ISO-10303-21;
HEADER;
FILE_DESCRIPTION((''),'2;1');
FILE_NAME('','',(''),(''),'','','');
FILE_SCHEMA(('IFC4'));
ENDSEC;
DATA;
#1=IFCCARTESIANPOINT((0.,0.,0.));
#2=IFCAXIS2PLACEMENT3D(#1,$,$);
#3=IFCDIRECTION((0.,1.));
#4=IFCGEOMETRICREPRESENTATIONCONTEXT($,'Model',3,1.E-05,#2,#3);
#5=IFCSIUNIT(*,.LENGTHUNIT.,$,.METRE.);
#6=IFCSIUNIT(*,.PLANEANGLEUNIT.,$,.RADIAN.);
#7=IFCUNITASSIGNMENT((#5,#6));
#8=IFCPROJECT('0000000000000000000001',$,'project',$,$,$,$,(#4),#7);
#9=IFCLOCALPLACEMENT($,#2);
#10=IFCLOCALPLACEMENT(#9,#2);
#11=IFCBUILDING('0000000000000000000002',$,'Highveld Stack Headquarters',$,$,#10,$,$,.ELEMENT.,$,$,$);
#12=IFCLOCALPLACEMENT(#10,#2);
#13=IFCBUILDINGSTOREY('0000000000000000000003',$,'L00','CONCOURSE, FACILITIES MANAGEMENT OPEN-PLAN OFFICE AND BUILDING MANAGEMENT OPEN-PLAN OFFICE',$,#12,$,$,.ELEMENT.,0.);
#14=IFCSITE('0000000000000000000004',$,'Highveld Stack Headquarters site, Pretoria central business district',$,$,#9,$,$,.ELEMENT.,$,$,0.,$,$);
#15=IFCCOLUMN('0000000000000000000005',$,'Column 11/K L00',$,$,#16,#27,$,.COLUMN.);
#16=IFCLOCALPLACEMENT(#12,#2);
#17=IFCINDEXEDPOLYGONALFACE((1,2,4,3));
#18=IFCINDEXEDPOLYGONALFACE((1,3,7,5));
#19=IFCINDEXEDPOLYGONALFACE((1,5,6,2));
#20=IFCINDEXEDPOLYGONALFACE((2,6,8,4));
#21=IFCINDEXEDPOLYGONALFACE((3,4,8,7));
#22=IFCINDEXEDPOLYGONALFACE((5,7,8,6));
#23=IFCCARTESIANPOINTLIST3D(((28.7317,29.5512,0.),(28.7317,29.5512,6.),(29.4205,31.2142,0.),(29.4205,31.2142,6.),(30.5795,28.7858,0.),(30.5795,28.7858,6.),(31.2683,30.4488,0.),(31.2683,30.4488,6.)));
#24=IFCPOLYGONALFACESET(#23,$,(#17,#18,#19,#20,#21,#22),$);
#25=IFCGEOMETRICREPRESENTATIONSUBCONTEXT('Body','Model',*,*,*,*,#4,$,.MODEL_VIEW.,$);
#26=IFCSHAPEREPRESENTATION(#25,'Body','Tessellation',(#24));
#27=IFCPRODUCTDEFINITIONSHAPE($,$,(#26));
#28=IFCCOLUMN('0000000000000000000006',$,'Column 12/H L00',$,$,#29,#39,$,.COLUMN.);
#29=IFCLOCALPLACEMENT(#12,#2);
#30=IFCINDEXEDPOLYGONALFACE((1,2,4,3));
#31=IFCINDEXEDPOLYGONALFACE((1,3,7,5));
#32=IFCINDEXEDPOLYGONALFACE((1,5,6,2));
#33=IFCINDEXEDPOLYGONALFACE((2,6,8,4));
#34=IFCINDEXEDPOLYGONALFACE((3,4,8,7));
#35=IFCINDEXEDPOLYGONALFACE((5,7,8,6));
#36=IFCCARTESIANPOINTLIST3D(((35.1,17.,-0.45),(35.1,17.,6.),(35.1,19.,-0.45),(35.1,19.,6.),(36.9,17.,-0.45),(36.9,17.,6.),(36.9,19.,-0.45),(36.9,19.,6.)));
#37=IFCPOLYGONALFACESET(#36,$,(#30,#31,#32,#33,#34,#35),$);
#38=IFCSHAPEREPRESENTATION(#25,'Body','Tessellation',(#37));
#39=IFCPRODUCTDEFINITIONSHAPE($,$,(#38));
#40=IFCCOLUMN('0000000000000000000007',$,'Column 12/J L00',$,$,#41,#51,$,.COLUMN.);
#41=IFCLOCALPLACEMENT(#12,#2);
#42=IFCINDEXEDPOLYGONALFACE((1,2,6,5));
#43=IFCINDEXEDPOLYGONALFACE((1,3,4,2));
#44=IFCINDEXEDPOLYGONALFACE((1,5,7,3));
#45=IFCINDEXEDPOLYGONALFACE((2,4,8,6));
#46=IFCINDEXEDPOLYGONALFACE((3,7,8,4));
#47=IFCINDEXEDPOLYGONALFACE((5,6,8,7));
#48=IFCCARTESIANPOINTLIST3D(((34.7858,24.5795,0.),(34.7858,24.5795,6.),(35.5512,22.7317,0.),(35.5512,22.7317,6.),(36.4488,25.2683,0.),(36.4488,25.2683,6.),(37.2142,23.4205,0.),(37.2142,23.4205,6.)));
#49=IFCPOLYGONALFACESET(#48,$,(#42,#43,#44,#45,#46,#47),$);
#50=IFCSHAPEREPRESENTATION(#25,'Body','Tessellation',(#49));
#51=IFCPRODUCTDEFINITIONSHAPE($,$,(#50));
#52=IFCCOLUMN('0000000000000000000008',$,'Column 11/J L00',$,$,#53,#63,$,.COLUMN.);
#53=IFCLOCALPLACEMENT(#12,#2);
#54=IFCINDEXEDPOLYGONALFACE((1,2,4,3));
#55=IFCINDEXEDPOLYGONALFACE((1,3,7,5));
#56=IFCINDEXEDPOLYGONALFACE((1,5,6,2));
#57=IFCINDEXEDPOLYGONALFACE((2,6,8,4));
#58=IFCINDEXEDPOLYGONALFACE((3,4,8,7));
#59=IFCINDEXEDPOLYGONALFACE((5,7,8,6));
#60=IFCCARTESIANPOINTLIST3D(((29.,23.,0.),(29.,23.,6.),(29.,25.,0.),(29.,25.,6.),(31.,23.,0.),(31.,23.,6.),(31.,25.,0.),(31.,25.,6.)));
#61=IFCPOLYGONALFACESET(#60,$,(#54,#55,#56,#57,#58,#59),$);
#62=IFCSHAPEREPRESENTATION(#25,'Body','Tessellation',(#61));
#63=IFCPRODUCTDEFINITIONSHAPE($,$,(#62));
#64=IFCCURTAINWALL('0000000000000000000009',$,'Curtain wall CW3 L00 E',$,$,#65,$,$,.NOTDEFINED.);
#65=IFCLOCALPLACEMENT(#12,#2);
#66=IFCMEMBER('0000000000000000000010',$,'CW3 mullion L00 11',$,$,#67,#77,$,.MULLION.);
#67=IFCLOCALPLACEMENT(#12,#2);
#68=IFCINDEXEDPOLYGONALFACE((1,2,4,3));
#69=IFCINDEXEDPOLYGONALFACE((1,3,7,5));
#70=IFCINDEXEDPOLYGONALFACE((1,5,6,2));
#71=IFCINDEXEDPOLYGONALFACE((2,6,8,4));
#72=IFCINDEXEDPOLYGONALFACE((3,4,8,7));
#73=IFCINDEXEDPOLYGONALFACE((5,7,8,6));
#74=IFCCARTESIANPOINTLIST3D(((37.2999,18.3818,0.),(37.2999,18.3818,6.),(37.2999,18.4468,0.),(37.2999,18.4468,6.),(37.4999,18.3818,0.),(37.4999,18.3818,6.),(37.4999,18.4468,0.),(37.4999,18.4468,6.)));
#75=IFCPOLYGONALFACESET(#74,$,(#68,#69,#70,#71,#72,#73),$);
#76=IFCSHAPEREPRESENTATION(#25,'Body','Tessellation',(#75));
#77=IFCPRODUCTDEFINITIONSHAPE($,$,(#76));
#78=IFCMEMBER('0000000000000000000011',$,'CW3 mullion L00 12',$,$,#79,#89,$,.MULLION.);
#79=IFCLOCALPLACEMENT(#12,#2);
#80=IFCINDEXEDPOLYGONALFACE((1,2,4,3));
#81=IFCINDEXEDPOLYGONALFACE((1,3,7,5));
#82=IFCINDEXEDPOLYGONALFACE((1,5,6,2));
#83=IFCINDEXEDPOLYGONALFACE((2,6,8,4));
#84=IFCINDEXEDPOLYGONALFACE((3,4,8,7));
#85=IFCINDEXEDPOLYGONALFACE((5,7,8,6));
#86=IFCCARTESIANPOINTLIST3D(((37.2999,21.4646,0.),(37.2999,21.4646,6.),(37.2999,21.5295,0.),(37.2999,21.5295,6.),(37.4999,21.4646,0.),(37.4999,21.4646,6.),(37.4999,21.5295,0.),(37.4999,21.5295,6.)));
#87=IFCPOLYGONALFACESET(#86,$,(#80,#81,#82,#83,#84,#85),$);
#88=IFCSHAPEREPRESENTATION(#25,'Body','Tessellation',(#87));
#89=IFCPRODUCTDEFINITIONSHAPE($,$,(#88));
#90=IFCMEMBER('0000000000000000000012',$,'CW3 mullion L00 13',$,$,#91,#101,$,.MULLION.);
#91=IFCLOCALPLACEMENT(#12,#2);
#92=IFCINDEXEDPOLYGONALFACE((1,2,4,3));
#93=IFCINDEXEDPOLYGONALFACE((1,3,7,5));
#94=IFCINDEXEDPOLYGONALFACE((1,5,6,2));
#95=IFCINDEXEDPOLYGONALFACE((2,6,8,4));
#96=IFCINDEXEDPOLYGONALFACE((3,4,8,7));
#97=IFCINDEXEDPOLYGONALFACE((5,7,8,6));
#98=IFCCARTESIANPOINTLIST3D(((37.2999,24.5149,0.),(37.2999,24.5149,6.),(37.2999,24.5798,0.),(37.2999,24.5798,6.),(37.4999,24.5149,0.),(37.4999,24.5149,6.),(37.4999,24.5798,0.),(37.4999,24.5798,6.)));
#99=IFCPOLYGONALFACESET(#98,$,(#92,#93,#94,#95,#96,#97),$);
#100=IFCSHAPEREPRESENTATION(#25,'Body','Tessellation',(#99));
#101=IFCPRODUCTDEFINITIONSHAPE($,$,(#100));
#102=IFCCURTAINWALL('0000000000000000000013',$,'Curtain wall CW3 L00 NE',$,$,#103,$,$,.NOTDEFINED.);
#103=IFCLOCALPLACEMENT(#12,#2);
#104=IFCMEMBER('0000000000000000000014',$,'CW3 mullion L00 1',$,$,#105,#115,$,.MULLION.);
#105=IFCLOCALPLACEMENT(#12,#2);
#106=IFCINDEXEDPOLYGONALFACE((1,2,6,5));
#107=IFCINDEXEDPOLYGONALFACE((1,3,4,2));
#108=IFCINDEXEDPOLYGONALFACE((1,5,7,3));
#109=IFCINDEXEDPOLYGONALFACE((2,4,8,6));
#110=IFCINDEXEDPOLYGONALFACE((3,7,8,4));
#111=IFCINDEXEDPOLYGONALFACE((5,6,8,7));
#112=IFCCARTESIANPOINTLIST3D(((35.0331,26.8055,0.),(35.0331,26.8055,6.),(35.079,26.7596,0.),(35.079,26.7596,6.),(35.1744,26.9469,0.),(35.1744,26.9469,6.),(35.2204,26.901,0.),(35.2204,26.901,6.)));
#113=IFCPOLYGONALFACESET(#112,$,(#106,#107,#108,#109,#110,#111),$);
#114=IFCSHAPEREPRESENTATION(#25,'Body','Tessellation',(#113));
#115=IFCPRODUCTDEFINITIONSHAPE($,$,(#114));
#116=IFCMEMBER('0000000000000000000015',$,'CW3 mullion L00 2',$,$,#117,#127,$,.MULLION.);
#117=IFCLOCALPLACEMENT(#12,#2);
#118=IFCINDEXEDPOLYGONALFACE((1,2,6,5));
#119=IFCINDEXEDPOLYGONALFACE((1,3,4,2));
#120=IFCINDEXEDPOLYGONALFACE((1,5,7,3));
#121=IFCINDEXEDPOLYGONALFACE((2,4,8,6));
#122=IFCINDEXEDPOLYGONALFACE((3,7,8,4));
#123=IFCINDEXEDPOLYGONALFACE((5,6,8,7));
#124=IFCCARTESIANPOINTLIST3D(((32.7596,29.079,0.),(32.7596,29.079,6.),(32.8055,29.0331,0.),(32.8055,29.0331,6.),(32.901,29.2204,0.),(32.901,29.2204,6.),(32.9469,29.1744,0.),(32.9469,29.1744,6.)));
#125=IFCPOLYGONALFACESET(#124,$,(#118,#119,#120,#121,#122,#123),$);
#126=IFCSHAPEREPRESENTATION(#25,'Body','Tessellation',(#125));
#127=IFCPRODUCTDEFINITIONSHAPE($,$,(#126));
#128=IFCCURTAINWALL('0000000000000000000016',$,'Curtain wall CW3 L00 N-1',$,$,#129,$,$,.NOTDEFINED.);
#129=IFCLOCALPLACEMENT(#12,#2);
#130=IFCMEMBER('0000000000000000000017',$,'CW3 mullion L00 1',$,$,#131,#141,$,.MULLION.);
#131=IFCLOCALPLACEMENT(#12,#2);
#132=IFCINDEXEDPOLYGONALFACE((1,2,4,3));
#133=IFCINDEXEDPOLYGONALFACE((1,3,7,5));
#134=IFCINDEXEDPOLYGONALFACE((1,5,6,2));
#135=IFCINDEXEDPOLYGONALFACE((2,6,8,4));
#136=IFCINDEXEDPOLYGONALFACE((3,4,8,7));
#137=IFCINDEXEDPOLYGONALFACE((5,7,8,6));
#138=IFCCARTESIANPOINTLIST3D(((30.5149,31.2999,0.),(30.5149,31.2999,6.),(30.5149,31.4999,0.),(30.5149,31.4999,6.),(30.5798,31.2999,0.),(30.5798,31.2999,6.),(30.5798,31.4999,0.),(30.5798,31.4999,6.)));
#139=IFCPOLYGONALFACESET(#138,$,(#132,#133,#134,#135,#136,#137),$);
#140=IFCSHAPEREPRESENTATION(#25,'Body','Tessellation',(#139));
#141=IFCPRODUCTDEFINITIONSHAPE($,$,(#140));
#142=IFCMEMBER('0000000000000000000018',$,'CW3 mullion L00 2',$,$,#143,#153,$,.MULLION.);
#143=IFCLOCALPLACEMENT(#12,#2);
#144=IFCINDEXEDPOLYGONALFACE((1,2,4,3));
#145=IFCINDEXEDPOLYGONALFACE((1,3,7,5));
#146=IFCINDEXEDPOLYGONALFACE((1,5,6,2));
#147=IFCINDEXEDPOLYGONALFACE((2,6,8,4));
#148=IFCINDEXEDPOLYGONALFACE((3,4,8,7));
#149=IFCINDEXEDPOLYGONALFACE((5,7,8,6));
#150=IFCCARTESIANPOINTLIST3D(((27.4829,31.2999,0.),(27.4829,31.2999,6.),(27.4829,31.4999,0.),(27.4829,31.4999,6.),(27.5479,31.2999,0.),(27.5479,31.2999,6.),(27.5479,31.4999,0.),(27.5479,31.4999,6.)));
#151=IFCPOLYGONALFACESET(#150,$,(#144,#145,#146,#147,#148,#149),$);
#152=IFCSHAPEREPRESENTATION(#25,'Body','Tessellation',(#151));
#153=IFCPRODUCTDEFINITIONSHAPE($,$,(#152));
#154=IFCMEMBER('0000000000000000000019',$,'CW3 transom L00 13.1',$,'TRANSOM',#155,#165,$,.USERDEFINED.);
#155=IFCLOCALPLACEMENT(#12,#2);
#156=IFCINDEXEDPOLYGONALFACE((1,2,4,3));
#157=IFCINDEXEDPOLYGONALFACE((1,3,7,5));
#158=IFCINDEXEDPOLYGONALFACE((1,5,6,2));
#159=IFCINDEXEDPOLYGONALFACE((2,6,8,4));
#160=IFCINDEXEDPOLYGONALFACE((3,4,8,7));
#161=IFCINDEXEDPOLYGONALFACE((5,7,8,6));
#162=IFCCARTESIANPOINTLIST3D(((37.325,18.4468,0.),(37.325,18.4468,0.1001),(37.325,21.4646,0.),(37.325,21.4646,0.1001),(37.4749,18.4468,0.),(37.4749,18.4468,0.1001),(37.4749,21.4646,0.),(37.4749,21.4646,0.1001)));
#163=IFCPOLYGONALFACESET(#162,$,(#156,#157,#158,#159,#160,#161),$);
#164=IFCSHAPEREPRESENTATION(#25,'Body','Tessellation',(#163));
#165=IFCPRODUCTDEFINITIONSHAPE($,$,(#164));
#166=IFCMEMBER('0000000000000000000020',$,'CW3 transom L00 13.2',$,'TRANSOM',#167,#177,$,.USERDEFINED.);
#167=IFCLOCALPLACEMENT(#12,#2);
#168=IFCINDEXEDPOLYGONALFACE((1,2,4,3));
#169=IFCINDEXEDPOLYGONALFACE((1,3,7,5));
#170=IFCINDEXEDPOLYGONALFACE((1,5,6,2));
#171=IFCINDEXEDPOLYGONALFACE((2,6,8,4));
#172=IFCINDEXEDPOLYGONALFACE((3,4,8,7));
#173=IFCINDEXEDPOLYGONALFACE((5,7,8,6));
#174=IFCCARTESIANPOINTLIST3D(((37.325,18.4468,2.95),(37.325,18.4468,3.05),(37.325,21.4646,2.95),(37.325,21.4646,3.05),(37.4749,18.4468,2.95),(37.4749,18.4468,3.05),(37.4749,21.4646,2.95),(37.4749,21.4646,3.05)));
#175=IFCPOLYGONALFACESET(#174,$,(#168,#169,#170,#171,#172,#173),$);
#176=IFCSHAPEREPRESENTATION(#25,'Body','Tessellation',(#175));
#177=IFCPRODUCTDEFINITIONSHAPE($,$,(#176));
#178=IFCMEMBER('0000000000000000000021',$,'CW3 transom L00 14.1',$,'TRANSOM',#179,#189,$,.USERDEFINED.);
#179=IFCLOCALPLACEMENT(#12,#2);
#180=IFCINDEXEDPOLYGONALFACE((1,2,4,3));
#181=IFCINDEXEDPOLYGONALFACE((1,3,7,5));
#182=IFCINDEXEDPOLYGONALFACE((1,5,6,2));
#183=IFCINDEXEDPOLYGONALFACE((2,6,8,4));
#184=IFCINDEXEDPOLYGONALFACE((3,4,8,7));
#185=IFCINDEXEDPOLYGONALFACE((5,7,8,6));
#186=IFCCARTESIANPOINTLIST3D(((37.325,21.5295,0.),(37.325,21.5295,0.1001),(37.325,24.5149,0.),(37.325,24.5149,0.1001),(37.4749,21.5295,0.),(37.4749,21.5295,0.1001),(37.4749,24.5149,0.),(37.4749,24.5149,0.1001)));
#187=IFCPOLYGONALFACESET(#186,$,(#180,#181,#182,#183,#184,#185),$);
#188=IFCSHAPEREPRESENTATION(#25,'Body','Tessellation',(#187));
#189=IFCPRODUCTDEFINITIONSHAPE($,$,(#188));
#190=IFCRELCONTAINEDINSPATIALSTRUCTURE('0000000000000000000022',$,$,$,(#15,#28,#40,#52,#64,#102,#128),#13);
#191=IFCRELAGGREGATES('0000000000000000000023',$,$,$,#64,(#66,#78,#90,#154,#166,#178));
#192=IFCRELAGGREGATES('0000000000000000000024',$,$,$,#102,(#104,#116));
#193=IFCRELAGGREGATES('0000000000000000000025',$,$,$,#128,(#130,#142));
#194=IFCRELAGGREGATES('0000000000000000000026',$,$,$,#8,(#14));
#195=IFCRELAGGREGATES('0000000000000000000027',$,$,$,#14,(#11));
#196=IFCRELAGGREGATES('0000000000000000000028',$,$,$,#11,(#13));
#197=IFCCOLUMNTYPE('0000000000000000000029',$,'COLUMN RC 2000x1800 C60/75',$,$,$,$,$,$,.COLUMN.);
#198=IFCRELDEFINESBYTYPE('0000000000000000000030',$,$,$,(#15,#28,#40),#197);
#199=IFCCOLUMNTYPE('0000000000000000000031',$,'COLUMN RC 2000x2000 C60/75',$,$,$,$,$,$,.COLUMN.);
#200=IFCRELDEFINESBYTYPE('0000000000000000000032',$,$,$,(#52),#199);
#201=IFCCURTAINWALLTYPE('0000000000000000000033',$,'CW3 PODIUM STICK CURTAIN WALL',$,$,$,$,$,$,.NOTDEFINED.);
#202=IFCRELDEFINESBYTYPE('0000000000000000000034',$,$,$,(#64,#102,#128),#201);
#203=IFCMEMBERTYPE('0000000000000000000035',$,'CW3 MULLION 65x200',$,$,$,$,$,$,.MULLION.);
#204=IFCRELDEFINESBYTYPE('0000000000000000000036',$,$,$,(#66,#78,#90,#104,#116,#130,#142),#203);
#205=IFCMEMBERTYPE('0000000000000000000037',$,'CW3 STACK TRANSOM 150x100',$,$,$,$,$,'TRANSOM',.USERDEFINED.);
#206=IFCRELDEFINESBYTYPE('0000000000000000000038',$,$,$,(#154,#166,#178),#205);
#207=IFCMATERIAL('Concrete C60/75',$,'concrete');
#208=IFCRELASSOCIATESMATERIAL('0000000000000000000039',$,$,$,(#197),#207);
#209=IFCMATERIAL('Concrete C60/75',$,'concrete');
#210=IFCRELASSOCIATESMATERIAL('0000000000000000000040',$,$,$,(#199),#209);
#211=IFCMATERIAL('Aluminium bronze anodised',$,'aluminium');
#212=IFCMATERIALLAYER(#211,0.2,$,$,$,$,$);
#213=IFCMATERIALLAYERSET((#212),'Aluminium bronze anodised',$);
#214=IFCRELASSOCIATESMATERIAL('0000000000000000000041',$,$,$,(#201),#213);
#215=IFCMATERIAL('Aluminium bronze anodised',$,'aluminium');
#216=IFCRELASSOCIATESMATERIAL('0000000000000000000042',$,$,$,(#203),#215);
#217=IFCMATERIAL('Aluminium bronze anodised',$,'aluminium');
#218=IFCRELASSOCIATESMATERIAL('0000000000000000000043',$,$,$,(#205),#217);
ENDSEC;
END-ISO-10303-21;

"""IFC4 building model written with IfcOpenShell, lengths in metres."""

from ifc_helpers import new_model, si_unit, direction, frame, origin, origin_2d, place, context, subcontext, project, spatial, rectangle, extrude, material, layer, layer_set, material_profile, profile_set, type_object, element, aggregate, save


model = new_model("IFC4")

# Units and contexts
model_context = context("Model", 3, precision=1e-05, world=origin(), true_north=direction((0.0, 1.0)))
body_context = subcontext(model_context, "Body", "Model", "MODEL_VIEW")
ifc_project = project(units=[si_unit("LENGTHUNIT", "METRE"), si_unit("PLANEANGLEUNIT", "RADIAN")], contexts=[model_context])

# Site, building, storey
site_placement = place(None, origin())
site = spatial("IfcSite", under=ifc_project, at=site_placement, Name="Highveld Stack Headquarters site, Pretoria central business district", CompositionType="ELEMENT", RefElevation=0.0)
building_placement = place(site_placement, origin())
building = spatial("IfcBuilding", under=site, at=building_placement, Name="Highveld Stack Headquarters", CompositionType="ELEMENT")
storey_placement = place(building_placement, origin())
storey = spatial("IfcBuildingStorey", under=building, at=storey_placement, Name="L00", Description="CONCOURSE, FACILITIES MANAGEMENT OPEN-PLAN OFFICE AND BUILDING MANAGEMENT OPEN-PLAN OFFICE", CompositionType="ELEMENT", Elevation=0.0)

# Columns
ifc_material_1 = material(Name="Concrete C60/75", Category="concrete")
ifc_material_profile_1 = material_profile(ifc_material_1, rectangle(XDim=2.0, YDim=1.8, at=origin_2d()), Name="RC 2000x1800")
ifc_profile_set_1 = profile_set([ifc_material_profile_1], Name="Concrete C60/75")
column_type_1 = type_object("IfcColumnType", Name="COLUMN RC 2000x1800 C60/75", PredefinedType="COLUMN", material=ifc_profile_set_1)
column_1_placement = place(storey_placement, frame((30.0, 30.0, 0.0), z_axis=(0.0, 0.0, 1.0), x_axis=(0.92388, -0.382683, 0.0)))
element("IfcColumn", 1, at=column_1_placement, inside=storey, type_object=column_type_1, Name="Column 11/K L00", PredefinedType="COLUMN", context=body_context, shape_type="SweptSolid", body=[
    extrude(rectangle(XDim=2.0, YDim=1.8, at=origin_2d()), origin(), (0.0, 0.0, 1.0), 6.0),
])
column_2_placement = place(storey_placement, frame((36.0, 18.0, -0.45), z_axis=(0.0, 0.0, 1.0), x_axis=(0.0, 1.0, 0.0)))
element("IfcColumn", 2, at=column_2_placement, inside=storey, type_object=column_type_1, Name="Column 12/H L00", PredefinedType="COLUMN", context=body_context, shape_type="SweptSolid", body=[
    extrude(rectangle(XDim=2.0, YDim=1.8, at=origin_2d()), origin(), (0.0, 0.0, 1.0), 6.45),
])
column_3_placement = place(storey_placement, frame((36.0, 24.0, 0.0), z_axis=(0.0, 0.0, 1.0), x_axis=(0.382683, -0.92388, 0.0)))
element("IfcColumn", 3, at=column_3_placement, inside=storey, type_object=column_type_1, Name="Column 12/J L00", PredefinedType="COLUMN", context=body_context, shape_type="SweptSolid", body=[
    extrude(rectangle(XDim=2.0, YDim=1.8, at=origin_2d()), origin(), (0.0, 0.0, 1.0), 6.0),
])
ifc_material_2 = material(Name="Concrete C60/75", Category="concrete")
ifc_material_profile_2 = material_profile(ifc_material_2, rectangle(XDim=2.0, YDim=2.0, at=origin_2d()), Name="RC 2000x2000")
ifc_profile_set_2 = profile_set([ifc_material_profile_2], Name="Concrete C60/75")
column_type_2 = type_object("IfcColumnType", Name="COLUMN RC 2000x2000 C60/75", PredefinedType="COLUMN", material=ifc_profile_set_2)
column_4_placement = place(storey_placement, frame((30.0, 24.0, 0.0), z_axis=(0.0, 0.0, 1.0), x_axis=(1.0, 0.0, 0.0)))
element("IfcColumn", 4, at=column_4_placement, inside=storey, type_object=column_type_2, Name="Column 11/J L00", PredefinedType="COLUMN", context=body_context, shape_type="SweptSolid", body=[
    extrude(rectangle(XDim=2.0, YDim=2.0, at=origin_2d()), origin(), (0.0, 0.0, 1.0), 6.0),
])

# Curtain walls, members
ifc_material_3 = material(Name="Aluminium bronze anodised", Category="aluminium")
ifc_layer_1 = layer(ifc_material_3, 0.2)
ifc_layer_set_1 = layer_set([ifc_layer_1], Name="Aluminium bronze anodised")
curtain_wall_type = type_object("IfcCurtainWallType", Name="CW3 PODIUM STICK CURTAIN WALL", PredefinedType="NOTDEFINED", material=ifc_layer_set_1)
curtain_wall_1_placement = place(storey_placement, origin())
curtain_wall_1 = element("IfcCurtainWall", 5, at=curtain_wall_1_placement, inside=storey, type_object=curtain_wall_type, Name="Curtain wall CW3 L00 E", PredefinedType="NOTDEFINED")
ifc_material_4 = material(Name="Aluminium bronze anodised", Category="aluminium")
ifc_material_profile_3 = material_profile(ifc_material_4, rectangle(XDim=0.2, YDim=0.0649, at=origin_2d()), Name="CW3 MULLION 65x200")
ifc_profile_set_3 = profile_set([ifc_material_profile_3], Name="Aluminium bronze anodised")
member_type_1 = type_object("IfcMemberType", Name="CW3 MULLION 65x200", PredefinedType="MULLION", material=ifc_profile_set_3)
member_1_placement = place(storey_placement, frame((37.3999, 18.4143, 0.0), z_axis=(0.0, 0.0, 1.0), x_axis=(-1.0, 0.0, 0.0)))
member_1 = element("IfcMember", 6, at=member_1_placement, type_object=member_type_1, Name="CW3 mullion L00 11", PredefinedType="MULLION", context=body_context, shape_type="SweptSolid", body=[
    extrude(rectangle(XDim=0.2, YDim=0.0649, at=origin_2d()), origin(), (0.0, 0.0, 1.0), 6.0),
])
member_2_placement = place(storey_placement, frame((37.3999, 21.4971, 0.0), z_axis=(0.0, 0.0, 1.0), x_axis=(-1.0, 0.0, 0.0)))
member_2 = element("IfcMember", 7, at=member_2_placement, type_object=member_type_1, Name="CW3 mullion L00 12", PredefinedType="MULLION", context=body_context, shape_type="SweptSolid", body=[
    extrude(rectangle(XDim=0.2, YDim=0.0649, at=origin_2d()), origin(), (0.0, 0.0, 1.0), 6.0),
])
member_3_placement = place(storey_placement, frame((37.3999, 24.5474, 0.0), z_axis=(0.0, 0.0, 1.0), x_axis=(-1.0, 0.0, 0.0)))
member_3 = element("IfcMember", 8, at=member_3_placement, type_object=member_type_1, Name="CW3 mullion L00 13", PredefinedType="MULLION", context=body_context, shape_type="SweptSolid", body=[
    extrude(rectangle(XDim=0.2, YDim=0.0649, at=origin_2d()), origin(), (0.0, 0.0, 1.0), 6.0),
])
curtain_wall_2_placement = place(storey_placement, origin())
curtain_wall_2 = element("IfcCurtainWall", 9, at=curtain_wall_2_placement, inside=storey, type_object=curtain_wall_type, Name="Curtain wall CW3 L00 NE", PredefinedType="NOTDEFINED")
member_4_placement = place(storey_placement, frame((35.1267, 26.8533, 0.0), z_axis=(0.0, 0.0, 1.0), x_axis=(-0.707107, -0.707107, 0.0)))
member_4 = element("IfcMember", 10, at=member_4_placement, type_object=member_type_1, Name="CW3 mullion L00 1", PredefinedType="MULLION", context=body_context, shape_type="SweptSolid", body=[
    extrude(rectangle(XDim=0.2, YDim=0.0649, at=origin_2d()), origin(), (0.0, 0.0, 1.0), 6.0),
])
member_5_placement = place(storey_placement, frame((32.8533, 29.1267, 0.0), z_axis=(0.0, 0.0, 1.0), x_axis=(-0.707107, -0.707107, 0.0)))
member_5 = element("IfcMember", 11, at=member_5_placement, type_object=member_type_1, Name="CW3 mullion L00 2", PredefinedType="MULLION", context=body_context, shape_type="SweptSolid", body=[
    extrude(rectangle(XDim=0.2, YDim=0.0649, at=origin_2d()), origin(), (0.0, 0.0, 1.0), 6.0),
])
curtain_wall_3_placement = place(storey_placement, origin())
curtain_wall_3 = element("IfcCurtainWall", 12, at=curtain_wall_3_placement, inside=storey, type_object=curtain_wall_type, Name="Curtain wall CW3 L00 N-1", PredefinedType="NOTDEFINED")
member_6_placement = place(storey_placement, frame((30.5474, 31.3999, 0.0), z_axis=(0.0, 0.0, 1.0), x_axis=(0.0, -1.0, 0.0)))
member_6 = element("IfcMember", 13, at=member_6_placement, type_object=member_type_1, Name="CW3 mullion L00 1", PredefinedType="MULLION", context=body_context, shape_type="SweptSolid", body=[
    extrude(rectangle(XDim=0.2, YDim=0.0649, at=origin_2d()), origin(), (0.0, 0.0, 1.0), 6.0),
])
member_7_placement = place(storey_placement, frame((27.5154, 31.3999, 0.0), z_axis=(0.0, 0.0, 1.0), x_axis=(0.0, -1.0, 0.0)))
member_7 = element("IfcMember", 14, at=member_7_placement, type_object=member_type_1, Name="CW3 mullion L00 2", PredefinedType="MULLION", context=body_context, shape_type="SweptSolid", body=[
    extrude(rectangle(XDim=0.2, YDim=0.0649, at=origin_2d()), origin(), (0.0, 0.0, 1.0), 6.0),
])

# Members
ifc_material_5 = material(Name="Aluminium bronze anodised", Category="aluminium")
ifc_material_profile_4 = material_profile(ifc_material_5, rectangle(XDim=0.1499, YDim=0.1001, at=origin_2d()), Name="CW3 TRANSOM 150x100")
ifc_profile_set_4 = profile_set([ifc_material_profile_4], Name="Aluminium bronze anodised")
member_type_2 = type_object("IfcMemberType", Name="CW3 STACK TRANSOM 150x100", ElementType="TRANSOM", PredefinedType="USERDEFINED", material=ifc_profile_set_4)
member_8_placement = place(storey_placement, frame((37.3999, 18.4468, 0.05), z_axis=(0.0, 1.0, 0.0), x_axis=(-1.0, 0.0, 0.0)))
member_8 = element("IfcMember", 15, at=member_8_placement, type_object=member_type_2, Name="CW3 transom L00 13.1", ObjectType="TRANSOM", PredefinedType="USERDEFINED", context=body_context, shape_type="SweptSolid", body=[
    extrude(rectangle(XDim=0.1499, YDim=0.1001, at=origin_2d()), origin(), (0.0, 0.0, 1.0), 3.0178),
])
member_9_placement = place(storey_placement, frame((37.3999, 18.4468, 3.0), z_axis=(0.0, 1.0, 0.0), x_axis=(-1.0, 0.0, 0.0)))
member_9 = element("IfcMember", 16, at=member_9_placement, type_object=member_type_2, Name="CW3 transom L00 13.2", ObjectType="TRANSOM", PredefinedType="USERDEFINED", context=body_context, shape_type="SweptSolid", body=[
    extrude(rectangle(XDim=0.1499, YDim=0.1001, at=origin_2d()), origin(), (0.0, 0.0, 1.0), 3.0178),
])
member_10_placement = place(storey_placement, frame((37.3999, 21.5295, 0.05), z_axis=(0.0, 1.0, 0.0), x_axis=(-1.0, 0.0, 0.0)))
member_10 = element("IfcMember", 17, at=member_10_placement, type_object=member_type_2, Name="CW3 transom L00 14.1", ObjectType="TRANSOM", PredefinedType="USERDEFINED", context=body_context, shape_type="SweptSolid", body=[
    extrude(rectangle(XDim=0.1499, YDim=0.1001, at=origin_2d()), origin(), (0.0, 0.0, 1.0), 2.9854),
])

aggregate(curtain_wall_1, [member_1, member_2, member_3, member_8, member_9, member_10])
aggregate(curtain_wall_2, [member_4, member_5])
aggregate(curtain_wall_3, [member_6, member_7])

save(model, "model.ifc")
